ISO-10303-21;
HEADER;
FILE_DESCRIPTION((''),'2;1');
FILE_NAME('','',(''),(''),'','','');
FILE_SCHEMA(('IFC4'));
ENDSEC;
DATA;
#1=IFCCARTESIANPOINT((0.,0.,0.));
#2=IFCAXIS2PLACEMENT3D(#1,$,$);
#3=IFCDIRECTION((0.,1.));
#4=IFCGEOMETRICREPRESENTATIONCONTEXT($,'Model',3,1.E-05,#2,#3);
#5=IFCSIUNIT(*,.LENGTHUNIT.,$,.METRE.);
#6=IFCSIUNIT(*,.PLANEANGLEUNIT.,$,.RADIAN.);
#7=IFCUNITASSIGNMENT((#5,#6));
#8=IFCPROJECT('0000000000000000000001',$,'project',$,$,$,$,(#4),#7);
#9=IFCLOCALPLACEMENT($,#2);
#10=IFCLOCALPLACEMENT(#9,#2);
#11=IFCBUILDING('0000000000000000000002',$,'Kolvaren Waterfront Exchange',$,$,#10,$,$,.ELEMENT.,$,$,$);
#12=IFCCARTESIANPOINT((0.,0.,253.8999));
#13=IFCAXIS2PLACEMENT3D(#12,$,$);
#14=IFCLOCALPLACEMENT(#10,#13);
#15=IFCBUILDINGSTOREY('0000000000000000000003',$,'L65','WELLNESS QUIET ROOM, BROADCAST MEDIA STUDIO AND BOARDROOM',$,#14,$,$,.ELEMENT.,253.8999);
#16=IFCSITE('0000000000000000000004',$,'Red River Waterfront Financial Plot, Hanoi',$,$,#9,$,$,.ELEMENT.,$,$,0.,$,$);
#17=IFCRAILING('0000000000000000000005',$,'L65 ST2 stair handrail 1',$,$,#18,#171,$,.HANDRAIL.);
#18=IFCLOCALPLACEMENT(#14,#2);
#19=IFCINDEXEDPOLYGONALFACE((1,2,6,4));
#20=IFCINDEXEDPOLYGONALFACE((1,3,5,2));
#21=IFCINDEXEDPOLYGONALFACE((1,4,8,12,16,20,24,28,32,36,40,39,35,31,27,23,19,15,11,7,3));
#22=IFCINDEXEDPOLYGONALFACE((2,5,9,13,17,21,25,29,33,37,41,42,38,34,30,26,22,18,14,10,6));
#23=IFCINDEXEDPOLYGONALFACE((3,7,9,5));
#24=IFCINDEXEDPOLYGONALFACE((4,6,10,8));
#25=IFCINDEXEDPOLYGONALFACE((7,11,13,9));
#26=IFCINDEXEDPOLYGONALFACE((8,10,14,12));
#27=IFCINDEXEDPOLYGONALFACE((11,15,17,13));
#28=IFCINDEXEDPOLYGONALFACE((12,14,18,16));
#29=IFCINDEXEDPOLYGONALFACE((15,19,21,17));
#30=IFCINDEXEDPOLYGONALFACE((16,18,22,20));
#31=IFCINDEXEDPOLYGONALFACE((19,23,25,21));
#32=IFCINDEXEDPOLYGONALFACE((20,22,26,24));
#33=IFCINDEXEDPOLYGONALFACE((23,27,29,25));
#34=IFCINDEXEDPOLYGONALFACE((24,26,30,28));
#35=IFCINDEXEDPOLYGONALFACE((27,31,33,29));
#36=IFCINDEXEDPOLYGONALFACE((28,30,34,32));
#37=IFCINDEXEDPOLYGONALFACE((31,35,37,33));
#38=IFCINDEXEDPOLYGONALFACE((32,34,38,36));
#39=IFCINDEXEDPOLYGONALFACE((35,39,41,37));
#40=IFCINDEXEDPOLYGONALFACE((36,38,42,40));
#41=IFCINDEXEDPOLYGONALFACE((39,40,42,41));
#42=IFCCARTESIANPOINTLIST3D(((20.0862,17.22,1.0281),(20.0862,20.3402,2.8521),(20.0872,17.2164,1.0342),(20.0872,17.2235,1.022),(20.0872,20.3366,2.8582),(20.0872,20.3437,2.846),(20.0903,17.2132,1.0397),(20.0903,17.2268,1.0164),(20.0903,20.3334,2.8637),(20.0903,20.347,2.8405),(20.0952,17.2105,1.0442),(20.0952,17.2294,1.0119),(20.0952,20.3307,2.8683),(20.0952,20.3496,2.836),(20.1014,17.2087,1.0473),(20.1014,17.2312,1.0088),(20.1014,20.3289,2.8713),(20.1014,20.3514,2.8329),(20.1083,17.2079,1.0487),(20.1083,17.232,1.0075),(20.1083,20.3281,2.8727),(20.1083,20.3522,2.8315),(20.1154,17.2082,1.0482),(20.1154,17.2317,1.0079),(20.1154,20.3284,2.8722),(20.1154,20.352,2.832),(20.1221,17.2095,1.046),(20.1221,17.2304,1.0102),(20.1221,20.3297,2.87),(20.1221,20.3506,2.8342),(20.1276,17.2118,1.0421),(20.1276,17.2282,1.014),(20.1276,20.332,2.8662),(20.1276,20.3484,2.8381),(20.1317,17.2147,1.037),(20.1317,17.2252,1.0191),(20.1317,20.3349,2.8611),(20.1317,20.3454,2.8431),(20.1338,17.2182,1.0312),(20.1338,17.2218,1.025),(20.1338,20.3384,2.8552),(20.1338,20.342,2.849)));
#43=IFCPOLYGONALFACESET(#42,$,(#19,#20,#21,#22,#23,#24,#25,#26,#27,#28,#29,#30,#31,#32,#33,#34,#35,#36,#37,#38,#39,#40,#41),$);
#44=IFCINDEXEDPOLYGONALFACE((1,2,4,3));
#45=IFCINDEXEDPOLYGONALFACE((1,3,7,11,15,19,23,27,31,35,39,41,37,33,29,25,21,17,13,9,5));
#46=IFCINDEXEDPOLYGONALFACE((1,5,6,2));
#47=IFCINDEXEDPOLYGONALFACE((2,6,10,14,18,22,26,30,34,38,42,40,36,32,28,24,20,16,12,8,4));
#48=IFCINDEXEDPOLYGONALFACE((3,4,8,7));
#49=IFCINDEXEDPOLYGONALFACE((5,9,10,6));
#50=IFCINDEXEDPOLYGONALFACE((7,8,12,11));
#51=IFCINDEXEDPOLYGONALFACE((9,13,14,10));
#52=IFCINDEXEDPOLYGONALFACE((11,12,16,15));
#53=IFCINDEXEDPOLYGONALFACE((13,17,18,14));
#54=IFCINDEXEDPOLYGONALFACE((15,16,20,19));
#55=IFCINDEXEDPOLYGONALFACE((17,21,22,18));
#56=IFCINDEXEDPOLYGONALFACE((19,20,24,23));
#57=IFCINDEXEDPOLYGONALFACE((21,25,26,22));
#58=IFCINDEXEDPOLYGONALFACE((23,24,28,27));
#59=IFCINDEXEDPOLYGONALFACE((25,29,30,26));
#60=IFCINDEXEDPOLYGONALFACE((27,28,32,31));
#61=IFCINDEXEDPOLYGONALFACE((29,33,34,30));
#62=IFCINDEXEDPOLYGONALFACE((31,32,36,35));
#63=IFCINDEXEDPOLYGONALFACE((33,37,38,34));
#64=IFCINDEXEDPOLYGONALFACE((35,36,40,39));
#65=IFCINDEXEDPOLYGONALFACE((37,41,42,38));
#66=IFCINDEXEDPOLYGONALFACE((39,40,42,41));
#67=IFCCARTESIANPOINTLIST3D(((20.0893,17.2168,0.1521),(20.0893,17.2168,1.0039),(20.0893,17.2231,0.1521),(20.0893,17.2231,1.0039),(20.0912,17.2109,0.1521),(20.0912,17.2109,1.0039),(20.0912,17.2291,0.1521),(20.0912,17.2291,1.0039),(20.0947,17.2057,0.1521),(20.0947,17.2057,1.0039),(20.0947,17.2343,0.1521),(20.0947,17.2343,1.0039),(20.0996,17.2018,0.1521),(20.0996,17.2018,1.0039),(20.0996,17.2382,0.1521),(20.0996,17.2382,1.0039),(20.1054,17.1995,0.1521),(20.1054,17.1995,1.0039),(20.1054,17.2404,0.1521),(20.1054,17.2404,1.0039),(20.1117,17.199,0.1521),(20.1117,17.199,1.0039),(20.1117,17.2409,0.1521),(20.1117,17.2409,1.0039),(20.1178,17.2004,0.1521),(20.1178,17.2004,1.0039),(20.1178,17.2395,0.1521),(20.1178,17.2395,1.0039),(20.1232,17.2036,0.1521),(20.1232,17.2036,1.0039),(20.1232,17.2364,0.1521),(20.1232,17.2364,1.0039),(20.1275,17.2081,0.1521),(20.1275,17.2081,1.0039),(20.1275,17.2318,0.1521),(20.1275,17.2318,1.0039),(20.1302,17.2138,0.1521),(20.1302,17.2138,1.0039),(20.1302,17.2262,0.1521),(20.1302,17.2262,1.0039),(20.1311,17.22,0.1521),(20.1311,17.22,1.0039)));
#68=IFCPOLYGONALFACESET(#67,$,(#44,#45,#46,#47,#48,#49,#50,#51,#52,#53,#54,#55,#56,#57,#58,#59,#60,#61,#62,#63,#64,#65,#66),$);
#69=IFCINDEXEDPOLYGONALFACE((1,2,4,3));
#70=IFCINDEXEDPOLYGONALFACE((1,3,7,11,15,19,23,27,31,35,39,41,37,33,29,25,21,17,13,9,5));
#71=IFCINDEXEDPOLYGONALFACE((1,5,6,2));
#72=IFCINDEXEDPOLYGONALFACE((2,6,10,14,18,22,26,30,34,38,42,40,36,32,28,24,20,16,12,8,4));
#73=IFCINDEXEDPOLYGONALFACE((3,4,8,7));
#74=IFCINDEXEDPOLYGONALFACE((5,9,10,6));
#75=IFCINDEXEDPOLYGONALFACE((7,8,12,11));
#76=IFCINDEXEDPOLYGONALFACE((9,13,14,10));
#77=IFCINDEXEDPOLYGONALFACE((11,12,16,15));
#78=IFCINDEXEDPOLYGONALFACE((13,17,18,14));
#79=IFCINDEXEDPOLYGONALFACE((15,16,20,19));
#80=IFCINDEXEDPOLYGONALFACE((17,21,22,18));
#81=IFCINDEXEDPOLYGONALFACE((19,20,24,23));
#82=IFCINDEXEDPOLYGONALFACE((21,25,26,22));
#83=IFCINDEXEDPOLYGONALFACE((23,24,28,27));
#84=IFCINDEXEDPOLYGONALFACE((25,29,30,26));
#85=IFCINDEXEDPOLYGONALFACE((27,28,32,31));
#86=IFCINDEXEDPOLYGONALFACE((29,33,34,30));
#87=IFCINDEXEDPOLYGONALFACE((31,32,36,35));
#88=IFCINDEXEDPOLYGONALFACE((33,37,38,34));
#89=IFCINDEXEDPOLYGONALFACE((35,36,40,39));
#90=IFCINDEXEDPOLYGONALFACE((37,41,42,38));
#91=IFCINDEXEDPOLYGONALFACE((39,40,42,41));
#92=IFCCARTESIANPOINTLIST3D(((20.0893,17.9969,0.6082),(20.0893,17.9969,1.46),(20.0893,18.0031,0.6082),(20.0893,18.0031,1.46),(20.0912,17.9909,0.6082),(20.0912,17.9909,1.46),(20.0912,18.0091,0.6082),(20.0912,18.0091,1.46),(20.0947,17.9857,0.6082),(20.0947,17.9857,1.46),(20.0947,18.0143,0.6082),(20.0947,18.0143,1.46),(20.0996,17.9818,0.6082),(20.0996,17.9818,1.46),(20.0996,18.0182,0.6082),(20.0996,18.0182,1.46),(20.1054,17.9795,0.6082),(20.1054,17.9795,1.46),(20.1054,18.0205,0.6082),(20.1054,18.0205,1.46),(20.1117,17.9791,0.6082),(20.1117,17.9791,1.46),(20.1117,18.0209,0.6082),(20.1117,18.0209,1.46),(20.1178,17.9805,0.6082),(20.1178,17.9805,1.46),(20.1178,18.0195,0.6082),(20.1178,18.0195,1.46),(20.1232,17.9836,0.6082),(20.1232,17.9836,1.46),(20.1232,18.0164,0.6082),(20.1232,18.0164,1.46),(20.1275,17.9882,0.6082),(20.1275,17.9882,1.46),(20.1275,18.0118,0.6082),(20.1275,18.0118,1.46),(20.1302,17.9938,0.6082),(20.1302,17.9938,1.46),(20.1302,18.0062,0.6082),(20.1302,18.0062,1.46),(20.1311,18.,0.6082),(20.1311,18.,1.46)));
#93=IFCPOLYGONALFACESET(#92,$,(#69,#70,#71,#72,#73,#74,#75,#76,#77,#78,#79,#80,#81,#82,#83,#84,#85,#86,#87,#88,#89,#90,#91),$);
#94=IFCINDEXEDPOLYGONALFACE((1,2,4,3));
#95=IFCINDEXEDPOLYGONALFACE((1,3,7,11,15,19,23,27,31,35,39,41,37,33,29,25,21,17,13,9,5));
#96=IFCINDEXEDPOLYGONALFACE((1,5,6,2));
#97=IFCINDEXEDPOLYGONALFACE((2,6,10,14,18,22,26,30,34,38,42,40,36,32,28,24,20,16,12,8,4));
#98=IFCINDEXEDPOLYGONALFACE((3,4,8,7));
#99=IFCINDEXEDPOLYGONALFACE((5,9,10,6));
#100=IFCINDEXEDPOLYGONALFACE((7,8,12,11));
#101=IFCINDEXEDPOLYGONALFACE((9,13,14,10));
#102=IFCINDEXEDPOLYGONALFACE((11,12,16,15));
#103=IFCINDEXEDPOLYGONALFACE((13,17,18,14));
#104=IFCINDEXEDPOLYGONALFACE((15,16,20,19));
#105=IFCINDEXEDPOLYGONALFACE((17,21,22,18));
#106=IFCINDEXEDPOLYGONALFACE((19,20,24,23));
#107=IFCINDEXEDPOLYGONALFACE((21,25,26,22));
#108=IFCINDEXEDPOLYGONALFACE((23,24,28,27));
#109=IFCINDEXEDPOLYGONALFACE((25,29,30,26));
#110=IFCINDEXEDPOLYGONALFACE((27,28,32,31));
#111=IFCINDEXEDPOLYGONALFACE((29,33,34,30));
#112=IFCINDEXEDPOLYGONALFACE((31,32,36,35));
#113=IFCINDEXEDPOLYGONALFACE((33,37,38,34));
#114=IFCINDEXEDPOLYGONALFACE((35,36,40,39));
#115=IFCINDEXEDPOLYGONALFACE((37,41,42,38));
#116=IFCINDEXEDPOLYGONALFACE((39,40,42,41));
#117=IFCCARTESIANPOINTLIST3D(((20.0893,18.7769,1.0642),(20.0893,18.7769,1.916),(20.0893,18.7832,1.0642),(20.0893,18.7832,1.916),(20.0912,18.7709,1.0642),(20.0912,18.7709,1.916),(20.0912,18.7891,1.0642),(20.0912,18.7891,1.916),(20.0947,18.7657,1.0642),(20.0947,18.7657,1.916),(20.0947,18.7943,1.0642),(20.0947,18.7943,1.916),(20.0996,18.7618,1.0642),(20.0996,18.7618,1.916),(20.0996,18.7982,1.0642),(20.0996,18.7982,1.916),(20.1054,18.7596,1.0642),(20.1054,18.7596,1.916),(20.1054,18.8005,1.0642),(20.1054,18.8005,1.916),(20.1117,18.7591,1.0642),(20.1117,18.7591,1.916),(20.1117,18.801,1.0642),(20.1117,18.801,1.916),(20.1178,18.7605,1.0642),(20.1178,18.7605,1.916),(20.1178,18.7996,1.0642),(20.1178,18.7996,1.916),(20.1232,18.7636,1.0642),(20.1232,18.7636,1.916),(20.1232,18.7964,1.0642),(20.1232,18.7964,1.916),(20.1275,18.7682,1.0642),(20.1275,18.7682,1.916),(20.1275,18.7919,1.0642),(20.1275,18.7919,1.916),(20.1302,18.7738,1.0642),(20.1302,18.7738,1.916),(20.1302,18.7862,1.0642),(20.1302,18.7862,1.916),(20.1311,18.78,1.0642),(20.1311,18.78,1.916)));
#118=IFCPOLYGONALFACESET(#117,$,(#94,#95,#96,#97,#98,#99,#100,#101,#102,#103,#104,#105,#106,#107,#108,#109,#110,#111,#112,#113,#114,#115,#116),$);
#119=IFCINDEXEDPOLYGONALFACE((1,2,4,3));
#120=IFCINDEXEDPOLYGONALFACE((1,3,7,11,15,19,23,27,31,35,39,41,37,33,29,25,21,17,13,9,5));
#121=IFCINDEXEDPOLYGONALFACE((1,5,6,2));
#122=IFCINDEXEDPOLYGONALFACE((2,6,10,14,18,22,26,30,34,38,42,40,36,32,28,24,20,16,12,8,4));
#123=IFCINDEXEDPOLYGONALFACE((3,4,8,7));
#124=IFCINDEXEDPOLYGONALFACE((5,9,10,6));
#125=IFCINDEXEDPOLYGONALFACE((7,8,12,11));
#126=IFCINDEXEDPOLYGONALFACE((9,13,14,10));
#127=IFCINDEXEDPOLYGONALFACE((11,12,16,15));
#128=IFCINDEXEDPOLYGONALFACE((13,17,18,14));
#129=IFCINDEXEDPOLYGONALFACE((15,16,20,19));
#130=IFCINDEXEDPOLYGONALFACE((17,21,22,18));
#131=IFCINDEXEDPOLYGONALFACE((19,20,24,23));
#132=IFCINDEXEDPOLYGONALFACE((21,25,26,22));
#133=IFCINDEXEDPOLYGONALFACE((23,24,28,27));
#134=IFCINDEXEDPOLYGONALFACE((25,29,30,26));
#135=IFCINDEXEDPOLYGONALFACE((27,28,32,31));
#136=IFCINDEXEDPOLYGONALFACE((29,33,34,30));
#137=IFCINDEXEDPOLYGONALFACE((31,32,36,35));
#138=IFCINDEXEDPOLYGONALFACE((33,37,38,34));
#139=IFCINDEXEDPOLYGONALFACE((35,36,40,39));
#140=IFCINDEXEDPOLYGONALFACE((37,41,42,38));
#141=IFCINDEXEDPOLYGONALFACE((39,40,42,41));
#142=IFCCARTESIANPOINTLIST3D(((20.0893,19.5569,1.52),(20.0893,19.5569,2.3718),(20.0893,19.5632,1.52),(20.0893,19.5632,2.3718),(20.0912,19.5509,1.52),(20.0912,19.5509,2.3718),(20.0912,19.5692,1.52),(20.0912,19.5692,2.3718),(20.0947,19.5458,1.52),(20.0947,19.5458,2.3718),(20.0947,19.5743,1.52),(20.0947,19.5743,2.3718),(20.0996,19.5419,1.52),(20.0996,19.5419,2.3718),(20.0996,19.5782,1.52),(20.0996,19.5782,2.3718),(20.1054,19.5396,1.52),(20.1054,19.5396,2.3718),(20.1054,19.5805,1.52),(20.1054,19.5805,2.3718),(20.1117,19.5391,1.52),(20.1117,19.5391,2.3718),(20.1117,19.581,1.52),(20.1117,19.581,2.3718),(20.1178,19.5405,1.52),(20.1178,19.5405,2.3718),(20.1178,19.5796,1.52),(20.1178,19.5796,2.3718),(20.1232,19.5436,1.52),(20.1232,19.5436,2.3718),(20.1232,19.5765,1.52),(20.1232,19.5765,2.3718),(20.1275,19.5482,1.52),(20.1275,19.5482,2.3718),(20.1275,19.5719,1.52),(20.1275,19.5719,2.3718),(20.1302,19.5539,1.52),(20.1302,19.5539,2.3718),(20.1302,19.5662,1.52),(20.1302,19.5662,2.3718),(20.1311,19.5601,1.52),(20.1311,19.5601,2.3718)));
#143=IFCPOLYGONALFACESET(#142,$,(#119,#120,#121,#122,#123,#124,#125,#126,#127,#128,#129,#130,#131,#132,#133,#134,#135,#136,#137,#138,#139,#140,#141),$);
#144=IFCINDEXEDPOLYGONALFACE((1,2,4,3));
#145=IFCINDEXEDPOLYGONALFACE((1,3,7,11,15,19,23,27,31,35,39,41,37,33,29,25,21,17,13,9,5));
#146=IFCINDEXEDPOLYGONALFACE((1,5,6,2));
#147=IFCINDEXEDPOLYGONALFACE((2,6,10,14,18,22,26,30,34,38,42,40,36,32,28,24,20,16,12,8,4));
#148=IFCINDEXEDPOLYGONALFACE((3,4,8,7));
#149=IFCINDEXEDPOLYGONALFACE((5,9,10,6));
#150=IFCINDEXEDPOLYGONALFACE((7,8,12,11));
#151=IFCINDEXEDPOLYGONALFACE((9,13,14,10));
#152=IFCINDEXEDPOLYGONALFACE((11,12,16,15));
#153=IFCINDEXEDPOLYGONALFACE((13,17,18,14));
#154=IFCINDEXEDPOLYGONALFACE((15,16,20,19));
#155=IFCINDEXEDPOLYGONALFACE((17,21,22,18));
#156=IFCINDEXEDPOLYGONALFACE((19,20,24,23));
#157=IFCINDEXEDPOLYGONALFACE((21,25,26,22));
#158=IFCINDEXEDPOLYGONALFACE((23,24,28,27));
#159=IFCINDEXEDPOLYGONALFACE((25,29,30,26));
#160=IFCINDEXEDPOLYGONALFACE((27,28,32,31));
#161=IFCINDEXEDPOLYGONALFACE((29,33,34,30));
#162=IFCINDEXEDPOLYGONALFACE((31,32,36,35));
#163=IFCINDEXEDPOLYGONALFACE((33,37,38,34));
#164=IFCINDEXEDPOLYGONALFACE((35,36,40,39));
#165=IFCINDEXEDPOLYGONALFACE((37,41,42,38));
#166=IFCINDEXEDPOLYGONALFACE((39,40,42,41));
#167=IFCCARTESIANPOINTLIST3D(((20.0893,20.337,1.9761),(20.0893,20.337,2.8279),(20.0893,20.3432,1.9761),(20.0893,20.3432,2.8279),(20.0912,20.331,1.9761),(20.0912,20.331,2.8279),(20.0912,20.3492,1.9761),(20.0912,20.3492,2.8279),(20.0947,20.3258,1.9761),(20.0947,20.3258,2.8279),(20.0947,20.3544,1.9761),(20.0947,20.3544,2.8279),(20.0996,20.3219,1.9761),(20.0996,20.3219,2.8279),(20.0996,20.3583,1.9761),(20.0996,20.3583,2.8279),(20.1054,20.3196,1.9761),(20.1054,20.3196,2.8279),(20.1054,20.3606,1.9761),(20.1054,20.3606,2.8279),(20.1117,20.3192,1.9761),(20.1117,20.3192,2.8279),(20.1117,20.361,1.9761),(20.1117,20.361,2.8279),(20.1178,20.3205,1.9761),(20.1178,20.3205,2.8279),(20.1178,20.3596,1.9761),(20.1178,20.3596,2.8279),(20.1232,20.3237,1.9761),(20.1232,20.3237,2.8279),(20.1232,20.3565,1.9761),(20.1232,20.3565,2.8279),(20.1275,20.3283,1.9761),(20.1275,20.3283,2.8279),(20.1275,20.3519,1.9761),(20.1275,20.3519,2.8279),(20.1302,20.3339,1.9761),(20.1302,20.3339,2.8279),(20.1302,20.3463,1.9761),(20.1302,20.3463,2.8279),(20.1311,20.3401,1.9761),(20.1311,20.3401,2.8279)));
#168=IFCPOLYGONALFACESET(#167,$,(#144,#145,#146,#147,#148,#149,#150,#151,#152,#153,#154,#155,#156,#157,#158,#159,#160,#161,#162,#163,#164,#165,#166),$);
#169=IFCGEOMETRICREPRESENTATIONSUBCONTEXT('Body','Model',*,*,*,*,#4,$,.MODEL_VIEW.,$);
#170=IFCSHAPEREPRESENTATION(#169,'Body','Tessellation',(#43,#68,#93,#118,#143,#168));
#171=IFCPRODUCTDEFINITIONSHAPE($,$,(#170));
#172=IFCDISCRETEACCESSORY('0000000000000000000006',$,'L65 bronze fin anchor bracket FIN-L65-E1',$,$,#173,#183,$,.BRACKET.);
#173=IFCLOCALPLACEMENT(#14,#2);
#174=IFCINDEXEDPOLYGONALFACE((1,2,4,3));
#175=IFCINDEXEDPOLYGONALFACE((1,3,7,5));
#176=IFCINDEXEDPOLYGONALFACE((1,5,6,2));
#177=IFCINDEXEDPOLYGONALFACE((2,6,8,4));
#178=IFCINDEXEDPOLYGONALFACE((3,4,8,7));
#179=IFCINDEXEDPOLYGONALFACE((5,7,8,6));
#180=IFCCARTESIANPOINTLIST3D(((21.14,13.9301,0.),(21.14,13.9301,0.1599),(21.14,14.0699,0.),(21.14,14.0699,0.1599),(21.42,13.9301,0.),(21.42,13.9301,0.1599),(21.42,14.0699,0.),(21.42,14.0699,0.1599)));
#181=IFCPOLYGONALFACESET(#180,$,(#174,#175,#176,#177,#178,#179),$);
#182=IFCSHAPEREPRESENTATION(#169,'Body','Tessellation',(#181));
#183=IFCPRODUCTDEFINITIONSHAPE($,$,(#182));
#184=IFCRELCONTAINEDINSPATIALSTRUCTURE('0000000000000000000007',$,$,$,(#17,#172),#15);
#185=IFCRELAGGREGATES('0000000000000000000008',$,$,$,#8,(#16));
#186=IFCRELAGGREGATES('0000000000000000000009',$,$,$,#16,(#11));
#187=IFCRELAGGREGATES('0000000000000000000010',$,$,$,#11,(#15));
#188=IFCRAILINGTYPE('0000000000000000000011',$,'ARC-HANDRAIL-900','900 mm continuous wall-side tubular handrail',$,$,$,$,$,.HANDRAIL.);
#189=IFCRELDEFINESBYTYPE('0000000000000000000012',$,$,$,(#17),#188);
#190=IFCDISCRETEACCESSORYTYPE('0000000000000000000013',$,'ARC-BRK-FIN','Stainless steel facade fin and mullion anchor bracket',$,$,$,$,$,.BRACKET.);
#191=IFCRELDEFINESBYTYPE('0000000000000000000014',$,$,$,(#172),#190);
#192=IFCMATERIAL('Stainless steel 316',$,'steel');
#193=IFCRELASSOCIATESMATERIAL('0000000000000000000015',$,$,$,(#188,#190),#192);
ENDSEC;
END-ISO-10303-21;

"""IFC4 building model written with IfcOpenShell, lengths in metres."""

from ifc_helpers import new_model, si_unit, direction, frame, origin, origin_with_axes, origin_2d, place, context, subcontext, project, spatial, rectangle, circle, extrude, source, transform, mapped, material, type_object, element, save


model = new_model("IFC4")

# Units and contexts
model_context = context("Model", 3, precision=1e-05, world=origin(), true_north=direction((0.0, 1.0)))
body_context = subcontext(model_context, "Body", "Model", "MODEL_VIEW")
ifc_project = project(units=[si_unit("LENGTHUNIT", "METRE"), si_unit("PLANEANGLEUNIT", "RADIAN")], contexts=[model_context])

# Site, building, storey
site_placement = place(None, origin())
site = spatial("IfcSite", under=ifc_project, at=site_placement, Name="Red River Waterfront Financial Plot, Hanoi", CompositionType="ELEMENT", RefElevation=0.0)
building_placement = place(site_placement, origin())
building = spatial("IfcBuilding", under=site, at=building_placement, Name="Kolvaren Waterfront Exchange", CompositionType="ELEMENT")
storey_placement = place(building_placement, frame((0.0, 0.0, 253.8999)))
storey = spatial("IfcBuildingStorey", under=building, at=storey_placement, Name="L65", Description="WELLNESS QUIET ROOM, BROADCAST MEDIA STUDIO AND BOARDROOM", CompositionType="ELEMENT", Elevation=253.8999)

# Railing
ifc_material_1 = material(Name="Stainless steel 316", Category="steel")
railing_type_1 = type_object("IfcRailingType", Name="ARC-HANDRAIL-900", Description="900 mm continuous wall-side tubular handrail", PredefinedType="HANDRAIL", material=ifc_material_1)
railing_1_placement = place(storey_placement, frame((20.1101, 17.22, 0.1521)))
element("IfcRailing", 1, at=railing_1_placement, inside=storey, type_object=railing_type_1, Name="L65 ST2 stair handrail 1", PredefinedType="HANDRAIL", context=body_context, shape_type="SweptSolid", body=[
    extrude(circle(Radius=0.0239, at=origin_2d()), frame((0.0, 0.0, 0.876), z_axis=(0.0, 0.863308, 0.504677), x_axis=(-1.0, 0.0, 0.0)), (0.0, 0.0, 1.0), 3.6143),
    extrude(circle(Radius=0.021, at=origin_2d()), origin(), (0.0, 0.0, 1.0), 0.8518),
    extrude(circle(Radius=0.021, at=origin_2d()), frame((0.0, 0.78, 0.4561)), (0.0, 0.0, 1.0), 0.8518),
    extrude(circle(Radius=0.021, at=origin_2d()), frame((0.0, 1.5601, 0.9121)), (0.0, 0.0, 1.0), 0.8518),
    extrude(circle(Radius=0.021, at=origin_2d()), frame((0.0, 2.3401, 1.3679)), (0.0, 0.0, 1.0), 0.8518),
    extrude(circle(Radius=0.021, at=origin_2d()), frame((0.0, 3.1201, 1.824)), (0.0, 0.0, 1.0), 0.8518),
])

# Discrete accessory
discrete_accessory_type = type_object("IfcDiscreteAccessoryType", Name="ARC-BRK-FIN", Description="Stainless steel facade fin and mullion anchor bracket", PredefinedType="BRACKET", material=ifc_material_1)
shared_shape = source(origin_with_axes(), body_context, "Body", "SweptSolid", [
    extrude(rectangle(XDim=0.28, YDim=0.1399, at=origin_2d()), origin(), (0.0, 0.0, 1.0), 0.1599),
])
discrete_accessory_placement = place(storey_placement, frame((21.28, 14.0, 0.0), z_axis=(0.0, 0.0, 1.0), x_axis=(1.0, 0.0, 0.0)))
element("IfcDiscreteAccessory", 2, at=discrete_accessory_placement, inside=storey, type_object=discrete_accessory_type, Name="L65 bronze fin anchor bracket FIN-L65-E1", PredefinedType="BRACKET", context=body_context, shape_type="MappedRepresentation", body=[
    mapped(shared_shape, transform((0.0, 0.0, 0.0), x_axis=(1.0, 0.0, 0.0), y_axis=(0.0, 1.0, 0.0), z_axis=(0.0, 0.0, 1.0), scale=1.0)),
])

save(model, "model.ifc")
